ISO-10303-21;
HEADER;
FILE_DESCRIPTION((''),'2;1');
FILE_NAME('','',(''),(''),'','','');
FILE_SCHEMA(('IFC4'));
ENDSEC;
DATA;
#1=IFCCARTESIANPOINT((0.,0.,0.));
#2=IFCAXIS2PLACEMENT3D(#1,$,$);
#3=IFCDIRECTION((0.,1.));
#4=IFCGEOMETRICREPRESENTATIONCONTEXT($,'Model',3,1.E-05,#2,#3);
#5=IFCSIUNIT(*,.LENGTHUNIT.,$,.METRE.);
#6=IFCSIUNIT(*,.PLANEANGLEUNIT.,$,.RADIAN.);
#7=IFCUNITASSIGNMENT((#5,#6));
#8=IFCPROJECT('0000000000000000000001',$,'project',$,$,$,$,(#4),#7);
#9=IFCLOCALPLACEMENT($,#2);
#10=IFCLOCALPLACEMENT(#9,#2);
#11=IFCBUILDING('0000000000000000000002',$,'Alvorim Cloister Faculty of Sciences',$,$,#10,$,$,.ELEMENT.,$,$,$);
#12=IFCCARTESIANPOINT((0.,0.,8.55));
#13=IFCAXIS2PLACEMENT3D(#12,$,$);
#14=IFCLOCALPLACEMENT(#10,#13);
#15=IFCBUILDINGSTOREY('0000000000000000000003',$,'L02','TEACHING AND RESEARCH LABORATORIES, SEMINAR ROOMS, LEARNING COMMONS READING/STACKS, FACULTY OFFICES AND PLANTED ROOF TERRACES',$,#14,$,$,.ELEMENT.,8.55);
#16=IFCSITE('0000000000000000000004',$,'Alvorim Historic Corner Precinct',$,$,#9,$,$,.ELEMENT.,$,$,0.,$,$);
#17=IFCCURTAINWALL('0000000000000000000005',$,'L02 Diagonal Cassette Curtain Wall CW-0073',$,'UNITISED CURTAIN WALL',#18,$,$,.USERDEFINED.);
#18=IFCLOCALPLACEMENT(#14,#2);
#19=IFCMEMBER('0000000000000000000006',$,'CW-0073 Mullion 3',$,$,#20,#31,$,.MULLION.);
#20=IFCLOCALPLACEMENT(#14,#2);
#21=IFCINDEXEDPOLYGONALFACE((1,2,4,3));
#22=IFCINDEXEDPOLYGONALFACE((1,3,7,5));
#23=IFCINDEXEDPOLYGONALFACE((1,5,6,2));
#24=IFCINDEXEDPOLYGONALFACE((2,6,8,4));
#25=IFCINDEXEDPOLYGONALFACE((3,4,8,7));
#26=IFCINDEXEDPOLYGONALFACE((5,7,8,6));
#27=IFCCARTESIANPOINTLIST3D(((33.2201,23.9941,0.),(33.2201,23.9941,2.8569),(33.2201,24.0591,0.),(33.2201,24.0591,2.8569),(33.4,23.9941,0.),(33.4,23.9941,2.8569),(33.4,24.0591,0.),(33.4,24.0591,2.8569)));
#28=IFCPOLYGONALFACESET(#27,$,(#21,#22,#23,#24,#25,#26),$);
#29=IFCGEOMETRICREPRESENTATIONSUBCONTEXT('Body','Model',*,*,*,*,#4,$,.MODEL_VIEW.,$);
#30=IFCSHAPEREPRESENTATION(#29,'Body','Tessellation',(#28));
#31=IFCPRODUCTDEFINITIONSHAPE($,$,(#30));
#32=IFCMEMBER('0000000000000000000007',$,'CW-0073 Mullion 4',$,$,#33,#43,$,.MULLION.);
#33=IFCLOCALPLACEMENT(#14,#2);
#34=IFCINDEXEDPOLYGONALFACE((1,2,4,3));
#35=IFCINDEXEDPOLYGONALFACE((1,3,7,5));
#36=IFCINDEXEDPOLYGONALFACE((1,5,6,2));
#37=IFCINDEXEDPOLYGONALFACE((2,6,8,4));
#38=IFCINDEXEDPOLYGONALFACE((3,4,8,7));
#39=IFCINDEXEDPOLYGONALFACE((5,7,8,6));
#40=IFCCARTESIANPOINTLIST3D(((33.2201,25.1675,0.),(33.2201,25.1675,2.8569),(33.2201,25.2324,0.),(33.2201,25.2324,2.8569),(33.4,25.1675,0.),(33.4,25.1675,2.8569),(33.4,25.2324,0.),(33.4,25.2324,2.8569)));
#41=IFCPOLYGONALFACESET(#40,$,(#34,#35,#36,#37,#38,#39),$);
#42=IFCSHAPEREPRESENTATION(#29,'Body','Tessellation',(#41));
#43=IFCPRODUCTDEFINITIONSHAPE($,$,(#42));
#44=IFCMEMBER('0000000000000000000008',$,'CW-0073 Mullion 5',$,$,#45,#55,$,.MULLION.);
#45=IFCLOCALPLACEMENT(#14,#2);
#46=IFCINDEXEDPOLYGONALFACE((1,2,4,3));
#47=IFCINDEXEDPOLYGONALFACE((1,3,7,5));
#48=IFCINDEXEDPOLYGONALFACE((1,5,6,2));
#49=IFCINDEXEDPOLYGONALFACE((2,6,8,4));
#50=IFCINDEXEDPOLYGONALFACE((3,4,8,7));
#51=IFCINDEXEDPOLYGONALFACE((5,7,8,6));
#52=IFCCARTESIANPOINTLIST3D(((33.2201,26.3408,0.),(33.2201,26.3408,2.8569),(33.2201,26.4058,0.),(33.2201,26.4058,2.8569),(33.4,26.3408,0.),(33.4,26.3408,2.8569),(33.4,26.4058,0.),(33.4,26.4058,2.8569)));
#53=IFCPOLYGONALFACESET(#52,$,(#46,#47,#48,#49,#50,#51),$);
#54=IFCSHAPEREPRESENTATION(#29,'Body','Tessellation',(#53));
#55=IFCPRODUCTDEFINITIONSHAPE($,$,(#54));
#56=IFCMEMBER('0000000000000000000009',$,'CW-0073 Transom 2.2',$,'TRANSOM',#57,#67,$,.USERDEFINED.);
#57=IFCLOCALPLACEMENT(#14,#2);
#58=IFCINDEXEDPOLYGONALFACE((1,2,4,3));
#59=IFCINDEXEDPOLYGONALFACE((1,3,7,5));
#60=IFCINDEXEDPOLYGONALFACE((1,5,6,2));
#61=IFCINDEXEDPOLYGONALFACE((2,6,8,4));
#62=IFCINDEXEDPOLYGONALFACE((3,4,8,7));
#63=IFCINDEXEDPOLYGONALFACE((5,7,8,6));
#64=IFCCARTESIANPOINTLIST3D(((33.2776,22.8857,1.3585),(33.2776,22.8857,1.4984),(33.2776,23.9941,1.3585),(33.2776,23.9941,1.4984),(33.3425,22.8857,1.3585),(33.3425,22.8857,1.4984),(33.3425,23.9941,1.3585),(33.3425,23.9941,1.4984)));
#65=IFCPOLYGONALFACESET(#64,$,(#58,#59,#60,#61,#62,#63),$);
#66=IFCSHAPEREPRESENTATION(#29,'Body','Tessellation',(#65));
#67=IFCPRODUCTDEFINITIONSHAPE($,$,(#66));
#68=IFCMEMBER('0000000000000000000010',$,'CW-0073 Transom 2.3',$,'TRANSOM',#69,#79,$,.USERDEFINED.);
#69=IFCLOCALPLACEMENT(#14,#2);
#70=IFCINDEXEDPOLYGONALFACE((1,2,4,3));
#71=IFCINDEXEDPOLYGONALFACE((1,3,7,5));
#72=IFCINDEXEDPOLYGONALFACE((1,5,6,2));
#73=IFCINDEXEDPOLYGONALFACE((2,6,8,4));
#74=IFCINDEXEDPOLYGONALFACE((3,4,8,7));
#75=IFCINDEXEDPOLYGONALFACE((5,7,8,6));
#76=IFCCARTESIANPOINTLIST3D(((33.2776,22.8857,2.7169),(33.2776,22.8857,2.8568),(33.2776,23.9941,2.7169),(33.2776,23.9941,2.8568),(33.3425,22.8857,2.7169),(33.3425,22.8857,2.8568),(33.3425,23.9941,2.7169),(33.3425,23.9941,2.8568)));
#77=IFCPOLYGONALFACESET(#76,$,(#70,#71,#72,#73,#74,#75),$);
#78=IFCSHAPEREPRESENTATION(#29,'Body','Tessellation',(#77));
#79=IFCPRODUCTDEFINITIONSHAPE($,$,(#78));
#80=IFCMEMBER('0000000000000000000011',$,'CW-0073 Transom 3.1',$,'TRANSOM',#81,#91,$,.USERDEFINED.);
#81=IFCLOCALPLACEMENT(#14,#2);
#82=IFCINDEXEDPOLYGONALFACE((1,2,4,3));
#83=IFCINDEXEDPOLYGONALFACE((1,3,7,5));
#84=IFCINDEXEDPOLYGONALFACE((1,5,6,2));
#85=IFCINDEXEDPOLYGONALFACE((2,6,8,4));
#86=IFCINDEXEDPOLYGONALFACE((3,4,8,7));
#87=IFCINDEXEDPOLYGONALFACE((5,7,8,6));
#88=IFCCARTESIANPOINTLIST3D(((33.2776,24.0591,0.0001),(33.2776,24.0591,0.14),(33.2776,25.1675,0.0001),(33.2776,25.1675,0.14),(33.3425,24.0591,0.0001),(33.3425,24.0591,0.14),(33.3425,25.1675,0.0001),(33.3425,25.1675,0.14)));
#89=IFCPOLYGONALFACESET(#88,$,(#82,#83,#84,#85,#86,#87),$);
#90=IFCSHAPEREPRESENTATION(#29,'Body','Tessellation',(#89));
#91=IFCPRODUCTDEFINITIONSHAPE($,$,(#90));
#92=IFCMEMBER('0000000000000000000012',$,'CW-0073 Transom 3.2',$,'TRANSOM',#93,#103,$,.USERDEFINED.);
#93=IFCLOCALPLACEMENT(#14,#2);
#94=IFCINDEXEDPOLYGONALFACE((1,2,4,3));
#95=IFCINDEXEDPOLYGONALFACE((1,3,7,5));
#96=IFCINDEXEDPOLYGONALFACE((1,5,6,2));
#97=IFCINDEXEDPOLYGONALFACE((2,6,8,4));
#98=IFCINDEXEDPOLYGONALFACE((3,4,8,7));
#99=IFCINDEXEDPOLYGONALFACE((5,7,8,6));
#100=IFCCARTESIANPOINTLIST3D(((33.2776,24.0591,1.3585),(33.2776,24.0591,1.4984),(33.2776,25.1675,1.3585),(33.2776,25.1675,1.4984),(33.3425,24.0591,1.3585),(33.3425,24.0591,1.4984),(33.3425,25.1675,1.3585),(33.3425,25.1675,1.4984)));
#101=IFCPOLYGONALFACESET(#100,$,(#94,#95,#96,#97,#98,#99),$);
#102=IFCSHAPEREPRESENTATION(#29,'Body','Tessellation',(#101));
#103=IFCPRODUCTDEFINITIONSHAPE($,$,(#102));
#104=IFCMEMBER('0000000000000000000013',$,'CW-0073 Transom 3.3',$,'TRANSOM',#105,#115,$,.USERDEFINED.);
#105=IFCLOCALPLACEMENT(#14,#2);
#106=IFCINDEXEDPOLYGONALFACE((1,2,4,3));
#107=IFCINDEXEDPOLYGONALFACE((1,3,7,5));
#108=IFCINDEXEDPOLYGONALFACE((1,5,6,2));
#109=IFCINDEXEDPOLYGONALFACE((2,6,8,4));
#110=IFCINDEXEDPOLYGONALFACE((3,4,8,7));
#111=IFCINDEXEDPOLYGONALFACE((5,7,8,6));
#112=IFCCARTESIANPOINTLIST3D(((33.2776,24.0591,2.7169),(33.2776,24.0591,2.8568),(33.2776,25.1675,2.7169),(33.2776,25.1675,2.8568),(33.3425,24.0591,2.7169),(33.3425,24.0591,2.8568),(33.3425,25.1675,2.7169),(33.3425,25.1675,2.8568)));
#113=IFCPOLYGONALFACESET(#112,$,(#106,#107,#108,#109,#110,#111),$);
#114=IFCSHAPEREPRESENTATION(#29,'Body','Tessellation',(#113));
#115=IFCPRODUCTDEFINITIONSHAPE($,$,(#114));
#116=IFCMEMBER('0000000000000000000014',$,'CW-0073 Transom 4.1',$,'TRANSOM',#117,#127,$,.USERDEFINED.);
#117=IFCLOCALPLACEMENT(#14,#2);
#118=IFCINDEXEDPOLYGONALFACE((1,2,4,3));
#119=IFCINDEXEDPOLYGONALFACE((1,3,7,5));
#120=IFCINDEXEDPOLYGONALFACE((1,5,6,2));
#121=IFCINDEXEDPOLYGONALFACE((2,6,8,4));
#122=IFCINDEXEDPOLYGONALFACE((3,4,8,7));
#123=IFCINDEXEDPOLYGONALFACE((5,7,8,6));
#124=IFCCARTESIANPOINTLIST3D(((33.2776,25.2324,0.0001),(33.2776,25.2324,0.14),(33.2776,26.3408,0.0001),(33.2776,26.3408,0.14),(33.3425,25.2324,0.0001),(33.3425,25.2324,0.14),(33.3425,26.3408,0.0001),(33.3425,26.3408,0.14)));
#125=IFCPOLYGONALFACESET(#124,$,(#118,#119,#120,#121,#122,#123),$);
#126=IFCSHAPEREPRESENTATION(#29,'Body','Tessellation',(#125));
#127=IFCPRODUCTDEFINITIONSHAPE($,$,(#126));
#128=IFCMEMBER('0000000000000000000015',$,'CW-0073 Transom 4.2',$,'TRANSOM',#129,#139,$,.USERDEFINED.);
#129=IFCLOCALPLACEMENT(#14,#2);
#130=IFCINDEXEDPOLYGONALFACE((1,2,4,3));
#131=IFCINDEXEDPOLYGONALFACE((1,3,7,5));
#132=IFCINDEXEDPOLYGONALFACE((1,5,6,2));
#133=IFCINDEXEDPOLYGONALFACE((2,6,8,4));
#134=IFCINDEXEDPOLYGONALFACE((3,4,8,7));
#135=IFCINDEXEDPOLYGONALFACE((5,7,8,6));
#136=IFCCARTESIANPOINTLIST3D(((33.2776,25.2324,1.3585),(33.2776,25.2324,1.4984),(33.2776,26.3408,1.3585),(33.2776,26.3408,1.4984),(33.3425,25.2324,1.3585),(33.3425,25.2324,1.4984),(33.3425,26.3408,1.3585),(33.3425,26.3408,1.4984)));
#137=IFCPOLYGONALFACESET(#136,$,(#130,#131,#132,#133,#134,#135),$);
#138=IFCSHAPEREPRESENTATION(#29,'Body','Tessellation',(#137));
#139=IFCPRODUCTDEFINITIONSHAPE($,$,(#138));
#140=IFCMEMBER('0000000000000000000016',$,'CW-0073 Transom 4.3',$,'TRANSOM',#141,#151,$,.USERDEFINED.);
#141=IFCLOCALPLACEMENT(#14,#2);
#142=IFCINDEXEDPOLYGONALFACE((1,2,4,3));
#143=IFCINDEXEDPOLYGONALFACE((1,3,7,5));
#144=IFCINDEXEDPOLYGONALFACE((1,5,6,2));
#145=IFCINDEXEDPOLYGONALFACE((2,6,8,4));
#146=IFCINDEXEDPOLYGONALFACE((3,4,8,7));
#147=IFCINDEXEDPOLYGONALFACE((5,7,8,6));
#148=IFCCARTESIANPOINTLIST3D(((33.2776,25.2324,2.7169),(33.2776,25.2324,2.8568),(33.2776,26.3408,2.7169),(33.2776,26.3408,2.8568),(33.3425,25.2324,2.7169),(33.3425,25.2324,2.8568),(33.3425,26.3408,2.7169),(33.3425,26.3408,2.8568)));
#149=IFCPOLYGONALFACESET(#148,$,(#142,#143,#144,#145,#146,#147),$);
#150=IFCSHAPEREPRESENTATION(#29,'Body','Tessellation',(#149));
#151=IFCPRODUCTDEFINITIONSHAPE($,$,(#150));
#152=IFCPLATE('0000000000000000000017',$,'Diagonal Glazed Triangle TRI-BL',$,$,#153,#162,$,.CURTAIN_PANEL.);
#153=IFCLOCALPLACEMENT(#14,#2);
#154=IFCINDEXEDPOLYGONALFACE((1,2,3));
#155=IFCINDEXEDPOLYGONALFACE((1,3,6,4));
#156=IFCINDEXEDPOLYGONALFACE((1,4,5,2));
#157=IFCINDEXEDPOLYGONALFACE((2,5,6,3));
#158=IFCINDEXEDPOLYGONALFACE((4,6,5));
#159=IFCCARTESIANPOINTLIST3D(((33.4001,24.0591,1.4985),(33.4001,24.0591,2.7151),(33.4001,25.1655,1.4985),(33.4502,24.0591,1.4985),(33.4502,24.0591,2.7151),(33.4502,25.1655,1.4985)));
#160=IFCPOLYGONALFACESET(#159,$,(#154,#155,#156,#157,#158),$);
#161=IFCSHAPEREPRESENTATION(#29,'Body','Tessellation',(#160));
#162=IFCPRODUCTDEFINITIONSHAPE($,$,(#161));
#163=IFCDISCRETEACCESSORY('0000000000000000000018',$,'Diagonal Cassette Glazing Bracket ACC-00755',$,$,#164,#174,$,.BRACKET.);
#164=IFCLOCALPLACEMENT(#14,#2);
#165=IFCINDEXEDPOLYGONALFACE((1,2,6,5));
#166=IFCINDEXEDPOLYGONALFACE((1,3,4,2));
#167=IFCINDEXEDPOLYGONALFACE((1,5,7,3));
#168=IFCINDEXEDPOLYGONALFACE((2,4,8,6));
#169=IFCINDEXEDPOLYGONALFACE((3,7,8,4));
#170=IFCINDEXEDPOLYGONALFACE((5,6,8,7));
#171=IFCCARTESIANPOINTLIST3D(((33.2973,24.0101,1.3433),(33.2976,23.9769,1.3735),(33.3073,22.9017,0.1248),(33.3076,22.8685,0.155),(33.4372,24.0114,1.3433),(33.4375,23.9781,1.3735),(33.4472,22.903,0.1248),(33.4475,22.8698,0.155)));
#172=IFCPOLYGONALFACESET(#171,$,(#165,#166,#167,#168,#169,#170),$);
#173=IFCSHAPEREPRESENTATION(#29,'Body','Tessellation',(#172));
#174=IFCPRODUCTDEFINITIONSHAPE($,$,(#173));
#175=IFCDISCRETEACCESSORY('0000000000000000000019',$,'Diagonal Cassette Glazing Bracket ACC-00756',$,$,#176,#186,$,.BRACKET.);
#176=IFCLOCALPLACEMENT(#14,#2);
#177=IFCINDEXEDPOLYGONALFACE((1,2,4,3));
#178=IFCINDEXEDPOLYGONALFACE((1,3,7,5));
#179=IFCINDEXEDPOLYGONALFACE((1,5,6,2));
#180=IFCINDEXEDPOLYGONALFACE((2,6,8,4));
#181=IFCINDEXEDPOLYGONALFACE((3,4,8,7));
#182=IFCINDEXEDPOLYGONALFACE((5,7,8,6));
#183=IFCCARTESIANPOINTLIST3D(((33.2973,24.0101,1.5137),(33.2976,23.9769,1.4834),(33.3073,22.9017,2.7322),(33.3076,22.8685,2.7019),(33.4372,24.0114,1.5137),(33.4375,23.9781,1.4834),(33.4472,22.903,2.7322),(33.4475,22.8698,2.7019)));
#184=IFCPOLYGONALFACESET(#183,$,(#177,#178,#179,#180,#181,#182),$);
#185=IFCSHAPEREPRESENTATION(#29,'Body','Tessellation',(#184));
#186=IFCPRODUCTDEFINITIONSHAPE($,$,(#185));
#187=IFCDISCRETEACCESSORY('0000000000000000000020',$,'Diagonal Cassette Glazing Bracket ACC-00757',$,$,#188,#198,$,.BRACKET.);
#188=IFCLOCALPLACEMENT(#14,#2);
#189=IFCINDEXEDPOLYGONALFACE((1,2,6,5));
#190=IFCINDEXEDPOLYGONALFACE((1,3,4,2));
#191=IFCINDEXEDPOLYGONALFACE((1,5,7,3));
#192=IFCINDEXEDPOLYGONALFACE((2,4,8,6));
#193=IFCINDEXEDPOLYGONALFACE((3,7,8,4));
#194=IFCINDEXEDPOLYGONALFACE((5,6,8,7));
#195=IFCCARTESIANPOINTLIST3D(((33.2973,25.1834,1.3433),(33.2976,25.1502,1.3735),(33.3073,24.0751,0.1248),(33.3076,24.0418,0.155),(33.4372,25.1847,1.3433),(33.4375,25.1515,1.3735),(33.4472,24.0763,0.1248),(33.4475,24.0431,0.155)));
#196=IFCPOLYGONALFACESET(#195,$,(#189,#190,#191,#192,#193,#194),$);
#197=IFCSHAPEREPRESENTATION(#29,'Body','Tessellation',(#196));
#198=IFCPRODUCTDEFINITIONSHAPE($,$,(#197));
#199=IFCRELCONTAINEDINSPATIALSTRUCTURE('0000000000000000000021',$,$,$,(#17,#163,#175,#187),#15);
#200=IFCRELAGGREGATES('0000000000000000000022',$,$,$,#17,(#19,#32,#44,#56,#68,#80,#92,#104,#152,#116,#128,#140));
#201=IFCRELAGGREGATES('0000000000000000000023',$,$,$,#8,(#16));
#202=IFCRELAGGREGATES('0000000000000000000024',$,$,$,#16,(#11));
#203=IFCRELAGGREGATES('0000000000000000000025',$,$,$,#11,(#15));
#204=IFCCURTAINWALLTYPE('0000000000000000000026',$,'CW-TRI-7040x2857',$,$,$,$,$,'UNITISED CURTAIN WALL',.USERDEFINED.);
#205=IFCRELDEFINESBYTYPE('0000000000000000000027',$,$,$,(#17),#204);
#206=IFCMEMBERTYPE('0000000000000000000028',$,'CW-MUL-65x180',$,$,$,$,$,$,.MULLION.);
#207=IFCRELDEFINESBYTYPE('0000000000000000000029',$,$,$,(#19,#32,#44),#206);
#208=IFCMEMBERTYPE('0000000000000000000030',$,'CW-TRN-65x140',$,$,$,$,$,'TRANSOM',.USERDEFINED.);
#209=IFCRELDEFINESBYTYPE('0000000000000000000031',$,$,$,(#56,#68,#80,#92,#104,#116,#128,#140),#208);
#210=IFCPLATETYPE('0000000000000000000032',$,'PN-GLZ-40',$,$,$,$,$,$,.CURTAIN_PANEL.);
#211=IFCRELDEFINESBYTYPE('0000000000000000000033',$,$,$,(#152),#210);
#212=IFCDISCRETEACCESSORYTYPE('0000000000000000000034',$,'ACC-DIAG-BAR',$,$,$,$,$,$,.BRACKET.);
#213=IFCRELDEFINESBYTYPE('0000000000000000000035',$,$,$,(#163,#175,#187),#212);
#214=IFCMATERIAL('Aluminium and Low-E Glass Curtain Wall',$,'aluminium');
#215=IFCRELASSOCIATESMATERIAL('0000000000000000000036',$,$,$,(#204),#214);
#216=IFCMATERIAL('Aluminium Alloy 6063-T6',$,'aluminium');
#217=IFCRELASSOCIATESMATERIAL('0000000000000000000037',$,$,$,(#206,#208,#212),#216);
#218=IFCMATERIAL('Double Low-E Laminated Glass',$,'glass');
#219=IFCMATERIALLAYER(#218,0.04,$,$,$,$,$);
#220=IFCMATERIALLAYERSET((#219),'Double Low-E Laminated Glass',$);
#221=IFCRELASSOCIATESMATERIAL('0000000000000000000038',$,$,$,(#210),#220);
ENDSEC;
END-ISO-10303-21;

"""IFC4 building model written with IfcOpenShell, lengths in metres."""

from ifc_helpers import new_model, si_unit, direction, frame, origin, origin_2d, place, context, subcontext, project, spatial, polyline, rectangle, outline, extrude, material, layer, layer_set, material_profile, profile_set, type_object, element, aggregate, save


model = new_model("IFC4")

# Units and contexts
model_context = context("Model", 3, precision=1e-05, world=origin(), true_north=direction((0.0, 1.0)))
body_context = subcontext(model_context, "Body", "Model", "MODEL_VIEW")
ifc_project = project(units=[si_unit("LENGTHUNIT", "METRE"), si_unit("PLANEANGLEUNIT", "RADIAN")], contexts=[model_context])

# Site, building, storey
site_placement = place(None, origin())
site = spatial("IfcSite", under=ifc_project, at=site_placement, Name="Alvorim Historic Corner Precinct", CompositionType="ELEMENT", RefElevation=0.0)
building_placement = place(site_placement, origin())
building = spatial("IfcBuilding", under=site, at=building_placement, Name="Alvorim Cloister Faculty of Sciences", CompositionType="ELEMENT")
storey_placement = place(building_placement, frame((0.0, 0.0, 8.55)))
storey = spatial("IfcBuildingStorey", under=building, at=storey_placement, Name="L02", Description="TEACHING AND RESEARCH LABORATORIES, SEMINAR ROOMS, LEARNING COMMONS READING/STACKS, FACULTY OFFICES AND PLANTED ROOF TERRACES", CompositionType="ELEMENT", Elevation=8.55)

# Curtain wall, members, plate
ifc_material_1 = material(Name="Aluminium and Low-E Glass Curtain Wall", Category="aluminium")
curtain_wall_type = type_object("IfcCurtainWallType", Name="CW-TRI-7040x2857", ElementType="UNITISED CURTAIN WALL", PredefinedType="USERDEFINED", material=ifc_material_1)
curtain_wall_placement = place(storey_placement, origin())
curtain_wall = element("IfcCurtainWall", 1, at=curtain_wall_placement, inside=storey, type_object=curtain_wall_type, Name="L02 Diagonal Cassette Curtain Wall CW-0073", ObjectType="UNITISED CURTAIN WALL", PredefinedType="USERDEFINED")
ifc_material_2 = material(Name="Aluminium Alloy 6063-T6", Category="aluminium")
ifc_material_profile_1 = material_profile(ifc_material_2, rectangle(XDim=0.0649, YDim=0.1799, at=origin_2d()), Name="ALU-MUL-65x180")
ifc_profile_set_1 = profile_set([ifc_material_profile_1], Name="Aluminium Alloy 6063-T6")
member_type_1 = type_object("IfcMemberType", Name="CW-MUL-65x180", PredefinedType="MULLION", material=ifc_profile_set_1)
member_1_placement = place(storey_placement, frame((33.3101, 24.0266, 0.0), z_axis=(0.0, 0.0, 1.0), x_axis=(0.0, 1.0, 0.0)))
member_1 = element("IfcMember", 2, at=member_1_placement, type_object=member_type_1, Name="CW-0073 Mullion 3", PredefinedType="MULLION", context=body_context, shape_type="SweptSolid", body=[
    extrude(rectangle(XDim=0.0649, YDim=0.1799, at=origin_2d()), origin(), (0.0, 0.0, 1.0), 2.8569),
])
member_2_placement = place(storey_placement, frame((33.3101, 25.2, 0.0), z_axis=(0.0, 0.0, 1.0), x_axis=(0.0, 1.0, 0.0)))
member_2 = element("IfcMember", 3, at=member_2_placement, type_object=member_type_1, Name="CW-0073 Mullion 4", PredefinedType="MULLION", context=body_context, shape_type="SweptSolid", body=[
    extrude(rectangle(XDim=0.0649, YDim=0.1799, at=origin_2d()), origin(), (0.0, 0.0, 1.0), 2.8569),
])
member_3_placement = place(storey_placement, frame((33.3101, 26.3733, 0.0), z_axis=(0.0, 0.0, 1.0), x_axis=(0.0, 1.0, 0.0)))
member_3 = element("IfcMember", 4, at=member_3_placement, type_object=member_type_1, Name="CW-0073 Mullion 5", PredefinedType="MULLION", context=body_context, shape_type="SweptSolid", body=[
    extrude(rectangle(XDim=0.0649, YDim=0.1799, at=origin_2d()), origin(), (0.0, 0.0, 1.0), 2.8569),
])
ifc_material_profile_2 = material_profile(ifc_material_2, rectangle(XDim=0.0649, YDim=0.1399, at=origin_2d()), Name="ALU-TRN-65x140")
ifc_profile_set_2 = profile_set([ifc_material_profile_2], Name="Aluminium Alloy 6063-T6")
member_type_2 = type_object("IfcMemberType", Name="CW-TRN-65x140", ElementType="TRANSOM", PredefinedType="USERDEFINED", material=ifc_profile_set_2)
member_4_placement = place(storey_placement, frame((33.3101, 22.8857, 1.4285), z_axis=(0.0, 1.0, 0.0), x_axis=(-1.0, 0.0, 0.0)))
member_4 = element("IfcMember", 5, at=member_4_placement, type_object=member_type_2, Name="CW-0073 Transom 2.2", ObjectType="TRANSOM", PredefinedType="USERDEFINED", context=body_context, shape_type="SweptSolid", body=[
    extrude(rectangle(XDim=0.0649, YDim=0.1399, at=origin_2d()), origin(), (0.0, 0.0, 1.0), 1.1084),
])
member_5_placement = place(storey_placement, frame((33.3101, 22.8857, 2.7869), z_axis=(0.0, 1.0, 0.0), x_axis=(-1.0, 0.0, 0.0)))
member_5 = element("IfcMember", 6, at=member_5_placement, type_object=member_type_2, Name="CW-0073 Transom 2.3", ObjectType="TRANSOM", PredefinedType="USERDEFINED", context=body_context, shape_type="SweptSolid", body=[
    extrude(rectangle(XDim=0.0649, YDim=0.1399, at=origin_2d()), origin(), (0.0, 0.0, 1.0), 1.1084),
])
member_6_placement = place(storey_placement, frame((33.3101, 24.0591, 0.0701), z_axis=(0.0, 1.0, 0.0), x_axis=(-1.0, 0.0, 0.0)))
member_6 = element("IfcMember", 7, at=member_6_placement, type_object=member_type_2, Name="CW-0073 Transom 3.1", ObjectType="TRANSOM", PredefinedType="USERDEFINED", context=body_context, shape_type="SweptSolid", body=[
    extrude(rectangle(XDim=0.0649, YDim=0.1399, at=origin_2d()), origin(), (0.0, 0.0, 1.0), 1.1084),
])
member_7_placement = place(storey_placement, frame((33.3101, 24.0591, 1.4285), z_axis=(0.0, 1.0, 0.0), x_axis=(-1.0, 0.0, 0.0)))
member_7 = element("IfcMember", 8, at=member_7_placement, type_object=member_type_2, Name="CW-0073 Transom 3.2", ObjectType="TRANSOM", PredefinedType="USERDEFINED", context=body_context, shape_type="SweptSolid", body=[
    extrude(rectangle(XDim=0.0649, YDim=0.1399, at=origin_2d()), origin(), (0.0, 0.0, 1.0), 1.1084),
])
member_8_placement = place(storey_placement, frame((33.3101, 24.0591, 2.7869), z_axis=(0.0, 1.0, 0.0), x_axis=(-1.0, 0.0, 0.0)))
member_8 = element("IfcMember", 9, at=member_8_placement, type_object=member_type_2, Name="CW-0073 Transom 3.3", ObjectType="TRANSOM", PredefinedType="USERDEFINED", context=body_context, shape_type="SweptSolid", body=[
    extrude(rectangle(XDim=0.0649, YDim=0.1399, at=origin_2d()), origin(), (0.0, 0.0, 1.0), 1.1084),
])
member_9_placement = place(storey_placement, frame((33.3101, 25.2324, 0.0701), z_axis=(0.0, 1.0, 0.0), x_axis=(-1.0, 0.0, 0.0)))
member_9 = element("IfcMember", 10, at=member_9_placement, type_object=member_type_2, Name="CW-0073 Transom 4.1", ObjectType="TRANSOM", PredefinedType="USERDEFINED", context=body_context, shape_type="SweptSolid", body=[
    extrude(rectangle(XDim=0.0649, YDim=0.1399, at=origin_2d()), origin(), (0.0, 0.0, 1.0), 1.1084),
])
member_10_placement = place(storey_placement, frame((33.3101, 25.2324, 1.4285), z_axis=(0.0, 1.0, 0.0), x_axis=(-1.0, 0.0, 0.0)))
member_10 = element("IfcMember", 11, at=member_10_placement, type_object=member_type_2, Name="CW-0073 Transom 4.2", ObjectType="TRANSOM", PredefinedType="USERDEFINED", context=body_context, shape_type="SweptSolid", body=[
    extrude(rectangle(XDim=0.0649, YDim=0.1399, at=origin_2d()), origin(), (0.0, 0.0, 1.0), 1.1084),
])
member_11_placement = place(storey_placement, frame((33.3101, 25.2324, 2.7869), z_axis=(0.0, 1.0, 0.0), x_axis=(-1.0, 0.0, 0.0)))
member_11 = element("IfcMember", 12, at=member_11_placement, type_object=member_type_2, Name="CW-0073 Transom 4.3", ObjectType="TRANSOM", PredefinedType="USERDEFINED", context=body_context, shape_type="SweptSolid", body=[
    extrude(rectangle(XDim=0.0649, YDim=0.1399, at=origin_2d()), origin(), (0.0, 0.0, 1.0), 1.1084),
])
ifc_material_3 = material(Name="Double Low-E Laminated Glass", Category="glass")
ifc_layer = layer(ifc_material_3, 0.04)
ifc_layer_set = layer_set([ifc_layer], Name="Double Low-E Laminated Glass")
plate_type = type_object("IfcPlateType", Name="PN-GLZ-40", PredefinedType="CURTAIN_PANEL", material=ifc_layer_set)
plate_1_placement = place(storey_placement, frame((33.425, 24.0591, 1.4985), z_axis=(0.0, 0.0, 1.0), x_axis=(0.0, 1.0, 0.0)))
plate_1 = element("IfcPlate", 13, at=plate_1_placement, type_object=plate_type, Name="Diagonal Glazed Triangle TRI-BL", PredefinedType="CURTAIN_PANEL", context=body_context, shape_type="SweptSolid", body=[
    extrude(outline(polyline([(0.0, 0.0), (1.1064, 0.0), (0.0, 1.2166), (0.0, 0.0)])), frame((0.0, 0.0249, 0.0), z_axis=(0.0, -1.0, 0.0), x_axis=(1.0, 0.0, 0.0)), (0.0, 0.0, 1.0), 0.05),
])
aggregate(curtain_wall, [member_1, member_2, member_3, member_4, member_5, member_6, member_7, member_8, plate_1, member_9, member_10, member_11])

# Discrete accessories
discrete_accessory_type = type_object("IfcDiscreteAccessoryType", Name="ACC-DIAG-BAR", PredefinedType="BRACKET", material=ifc_material_2)
for number, where, z_axis, x_axis, name in (
    (14, (33.3774, 22.8857, 0.1399), (-0.006077, 0.672882, 0.739725), (-0.999959, -0.00903, 0.0), "Diagonal Cassette Glazing Bracket ACC-00755"),
    (15, (33.3774, 22.8857, 2.717), (-0.006077, 0.672882, -0.739725), (-0.999959, -0.00903, 0.0), "Diagonal Cassette Glazing Bracket ACC-00756"),
    (16, (33.3774, 24.0591, 0.1399), (-0.006077, 0.672882, 0.739725), (-0.999959, -0.00903, 0.0), "Diagonal Cassette Glazing Bracket ACC-00757"),
):
    element("IfcDiscreteAccessory", number, at=place(storey_placement, frame(where, z_axis=z_axis, x_axis=x_axis)), inside=storey, type_object=discrete_accessory_type, Name=name, PredefinedType="BRACKET", context=body_context, shape_type="SweptSolid", body=[
        extrude(rectangle(XDim=0.1399, YDim=0.0449, at=origin_2d()), origin(), (0.0, 0.0, 1.0), 1.6472),
    ])

save(model, "model.ifc")
